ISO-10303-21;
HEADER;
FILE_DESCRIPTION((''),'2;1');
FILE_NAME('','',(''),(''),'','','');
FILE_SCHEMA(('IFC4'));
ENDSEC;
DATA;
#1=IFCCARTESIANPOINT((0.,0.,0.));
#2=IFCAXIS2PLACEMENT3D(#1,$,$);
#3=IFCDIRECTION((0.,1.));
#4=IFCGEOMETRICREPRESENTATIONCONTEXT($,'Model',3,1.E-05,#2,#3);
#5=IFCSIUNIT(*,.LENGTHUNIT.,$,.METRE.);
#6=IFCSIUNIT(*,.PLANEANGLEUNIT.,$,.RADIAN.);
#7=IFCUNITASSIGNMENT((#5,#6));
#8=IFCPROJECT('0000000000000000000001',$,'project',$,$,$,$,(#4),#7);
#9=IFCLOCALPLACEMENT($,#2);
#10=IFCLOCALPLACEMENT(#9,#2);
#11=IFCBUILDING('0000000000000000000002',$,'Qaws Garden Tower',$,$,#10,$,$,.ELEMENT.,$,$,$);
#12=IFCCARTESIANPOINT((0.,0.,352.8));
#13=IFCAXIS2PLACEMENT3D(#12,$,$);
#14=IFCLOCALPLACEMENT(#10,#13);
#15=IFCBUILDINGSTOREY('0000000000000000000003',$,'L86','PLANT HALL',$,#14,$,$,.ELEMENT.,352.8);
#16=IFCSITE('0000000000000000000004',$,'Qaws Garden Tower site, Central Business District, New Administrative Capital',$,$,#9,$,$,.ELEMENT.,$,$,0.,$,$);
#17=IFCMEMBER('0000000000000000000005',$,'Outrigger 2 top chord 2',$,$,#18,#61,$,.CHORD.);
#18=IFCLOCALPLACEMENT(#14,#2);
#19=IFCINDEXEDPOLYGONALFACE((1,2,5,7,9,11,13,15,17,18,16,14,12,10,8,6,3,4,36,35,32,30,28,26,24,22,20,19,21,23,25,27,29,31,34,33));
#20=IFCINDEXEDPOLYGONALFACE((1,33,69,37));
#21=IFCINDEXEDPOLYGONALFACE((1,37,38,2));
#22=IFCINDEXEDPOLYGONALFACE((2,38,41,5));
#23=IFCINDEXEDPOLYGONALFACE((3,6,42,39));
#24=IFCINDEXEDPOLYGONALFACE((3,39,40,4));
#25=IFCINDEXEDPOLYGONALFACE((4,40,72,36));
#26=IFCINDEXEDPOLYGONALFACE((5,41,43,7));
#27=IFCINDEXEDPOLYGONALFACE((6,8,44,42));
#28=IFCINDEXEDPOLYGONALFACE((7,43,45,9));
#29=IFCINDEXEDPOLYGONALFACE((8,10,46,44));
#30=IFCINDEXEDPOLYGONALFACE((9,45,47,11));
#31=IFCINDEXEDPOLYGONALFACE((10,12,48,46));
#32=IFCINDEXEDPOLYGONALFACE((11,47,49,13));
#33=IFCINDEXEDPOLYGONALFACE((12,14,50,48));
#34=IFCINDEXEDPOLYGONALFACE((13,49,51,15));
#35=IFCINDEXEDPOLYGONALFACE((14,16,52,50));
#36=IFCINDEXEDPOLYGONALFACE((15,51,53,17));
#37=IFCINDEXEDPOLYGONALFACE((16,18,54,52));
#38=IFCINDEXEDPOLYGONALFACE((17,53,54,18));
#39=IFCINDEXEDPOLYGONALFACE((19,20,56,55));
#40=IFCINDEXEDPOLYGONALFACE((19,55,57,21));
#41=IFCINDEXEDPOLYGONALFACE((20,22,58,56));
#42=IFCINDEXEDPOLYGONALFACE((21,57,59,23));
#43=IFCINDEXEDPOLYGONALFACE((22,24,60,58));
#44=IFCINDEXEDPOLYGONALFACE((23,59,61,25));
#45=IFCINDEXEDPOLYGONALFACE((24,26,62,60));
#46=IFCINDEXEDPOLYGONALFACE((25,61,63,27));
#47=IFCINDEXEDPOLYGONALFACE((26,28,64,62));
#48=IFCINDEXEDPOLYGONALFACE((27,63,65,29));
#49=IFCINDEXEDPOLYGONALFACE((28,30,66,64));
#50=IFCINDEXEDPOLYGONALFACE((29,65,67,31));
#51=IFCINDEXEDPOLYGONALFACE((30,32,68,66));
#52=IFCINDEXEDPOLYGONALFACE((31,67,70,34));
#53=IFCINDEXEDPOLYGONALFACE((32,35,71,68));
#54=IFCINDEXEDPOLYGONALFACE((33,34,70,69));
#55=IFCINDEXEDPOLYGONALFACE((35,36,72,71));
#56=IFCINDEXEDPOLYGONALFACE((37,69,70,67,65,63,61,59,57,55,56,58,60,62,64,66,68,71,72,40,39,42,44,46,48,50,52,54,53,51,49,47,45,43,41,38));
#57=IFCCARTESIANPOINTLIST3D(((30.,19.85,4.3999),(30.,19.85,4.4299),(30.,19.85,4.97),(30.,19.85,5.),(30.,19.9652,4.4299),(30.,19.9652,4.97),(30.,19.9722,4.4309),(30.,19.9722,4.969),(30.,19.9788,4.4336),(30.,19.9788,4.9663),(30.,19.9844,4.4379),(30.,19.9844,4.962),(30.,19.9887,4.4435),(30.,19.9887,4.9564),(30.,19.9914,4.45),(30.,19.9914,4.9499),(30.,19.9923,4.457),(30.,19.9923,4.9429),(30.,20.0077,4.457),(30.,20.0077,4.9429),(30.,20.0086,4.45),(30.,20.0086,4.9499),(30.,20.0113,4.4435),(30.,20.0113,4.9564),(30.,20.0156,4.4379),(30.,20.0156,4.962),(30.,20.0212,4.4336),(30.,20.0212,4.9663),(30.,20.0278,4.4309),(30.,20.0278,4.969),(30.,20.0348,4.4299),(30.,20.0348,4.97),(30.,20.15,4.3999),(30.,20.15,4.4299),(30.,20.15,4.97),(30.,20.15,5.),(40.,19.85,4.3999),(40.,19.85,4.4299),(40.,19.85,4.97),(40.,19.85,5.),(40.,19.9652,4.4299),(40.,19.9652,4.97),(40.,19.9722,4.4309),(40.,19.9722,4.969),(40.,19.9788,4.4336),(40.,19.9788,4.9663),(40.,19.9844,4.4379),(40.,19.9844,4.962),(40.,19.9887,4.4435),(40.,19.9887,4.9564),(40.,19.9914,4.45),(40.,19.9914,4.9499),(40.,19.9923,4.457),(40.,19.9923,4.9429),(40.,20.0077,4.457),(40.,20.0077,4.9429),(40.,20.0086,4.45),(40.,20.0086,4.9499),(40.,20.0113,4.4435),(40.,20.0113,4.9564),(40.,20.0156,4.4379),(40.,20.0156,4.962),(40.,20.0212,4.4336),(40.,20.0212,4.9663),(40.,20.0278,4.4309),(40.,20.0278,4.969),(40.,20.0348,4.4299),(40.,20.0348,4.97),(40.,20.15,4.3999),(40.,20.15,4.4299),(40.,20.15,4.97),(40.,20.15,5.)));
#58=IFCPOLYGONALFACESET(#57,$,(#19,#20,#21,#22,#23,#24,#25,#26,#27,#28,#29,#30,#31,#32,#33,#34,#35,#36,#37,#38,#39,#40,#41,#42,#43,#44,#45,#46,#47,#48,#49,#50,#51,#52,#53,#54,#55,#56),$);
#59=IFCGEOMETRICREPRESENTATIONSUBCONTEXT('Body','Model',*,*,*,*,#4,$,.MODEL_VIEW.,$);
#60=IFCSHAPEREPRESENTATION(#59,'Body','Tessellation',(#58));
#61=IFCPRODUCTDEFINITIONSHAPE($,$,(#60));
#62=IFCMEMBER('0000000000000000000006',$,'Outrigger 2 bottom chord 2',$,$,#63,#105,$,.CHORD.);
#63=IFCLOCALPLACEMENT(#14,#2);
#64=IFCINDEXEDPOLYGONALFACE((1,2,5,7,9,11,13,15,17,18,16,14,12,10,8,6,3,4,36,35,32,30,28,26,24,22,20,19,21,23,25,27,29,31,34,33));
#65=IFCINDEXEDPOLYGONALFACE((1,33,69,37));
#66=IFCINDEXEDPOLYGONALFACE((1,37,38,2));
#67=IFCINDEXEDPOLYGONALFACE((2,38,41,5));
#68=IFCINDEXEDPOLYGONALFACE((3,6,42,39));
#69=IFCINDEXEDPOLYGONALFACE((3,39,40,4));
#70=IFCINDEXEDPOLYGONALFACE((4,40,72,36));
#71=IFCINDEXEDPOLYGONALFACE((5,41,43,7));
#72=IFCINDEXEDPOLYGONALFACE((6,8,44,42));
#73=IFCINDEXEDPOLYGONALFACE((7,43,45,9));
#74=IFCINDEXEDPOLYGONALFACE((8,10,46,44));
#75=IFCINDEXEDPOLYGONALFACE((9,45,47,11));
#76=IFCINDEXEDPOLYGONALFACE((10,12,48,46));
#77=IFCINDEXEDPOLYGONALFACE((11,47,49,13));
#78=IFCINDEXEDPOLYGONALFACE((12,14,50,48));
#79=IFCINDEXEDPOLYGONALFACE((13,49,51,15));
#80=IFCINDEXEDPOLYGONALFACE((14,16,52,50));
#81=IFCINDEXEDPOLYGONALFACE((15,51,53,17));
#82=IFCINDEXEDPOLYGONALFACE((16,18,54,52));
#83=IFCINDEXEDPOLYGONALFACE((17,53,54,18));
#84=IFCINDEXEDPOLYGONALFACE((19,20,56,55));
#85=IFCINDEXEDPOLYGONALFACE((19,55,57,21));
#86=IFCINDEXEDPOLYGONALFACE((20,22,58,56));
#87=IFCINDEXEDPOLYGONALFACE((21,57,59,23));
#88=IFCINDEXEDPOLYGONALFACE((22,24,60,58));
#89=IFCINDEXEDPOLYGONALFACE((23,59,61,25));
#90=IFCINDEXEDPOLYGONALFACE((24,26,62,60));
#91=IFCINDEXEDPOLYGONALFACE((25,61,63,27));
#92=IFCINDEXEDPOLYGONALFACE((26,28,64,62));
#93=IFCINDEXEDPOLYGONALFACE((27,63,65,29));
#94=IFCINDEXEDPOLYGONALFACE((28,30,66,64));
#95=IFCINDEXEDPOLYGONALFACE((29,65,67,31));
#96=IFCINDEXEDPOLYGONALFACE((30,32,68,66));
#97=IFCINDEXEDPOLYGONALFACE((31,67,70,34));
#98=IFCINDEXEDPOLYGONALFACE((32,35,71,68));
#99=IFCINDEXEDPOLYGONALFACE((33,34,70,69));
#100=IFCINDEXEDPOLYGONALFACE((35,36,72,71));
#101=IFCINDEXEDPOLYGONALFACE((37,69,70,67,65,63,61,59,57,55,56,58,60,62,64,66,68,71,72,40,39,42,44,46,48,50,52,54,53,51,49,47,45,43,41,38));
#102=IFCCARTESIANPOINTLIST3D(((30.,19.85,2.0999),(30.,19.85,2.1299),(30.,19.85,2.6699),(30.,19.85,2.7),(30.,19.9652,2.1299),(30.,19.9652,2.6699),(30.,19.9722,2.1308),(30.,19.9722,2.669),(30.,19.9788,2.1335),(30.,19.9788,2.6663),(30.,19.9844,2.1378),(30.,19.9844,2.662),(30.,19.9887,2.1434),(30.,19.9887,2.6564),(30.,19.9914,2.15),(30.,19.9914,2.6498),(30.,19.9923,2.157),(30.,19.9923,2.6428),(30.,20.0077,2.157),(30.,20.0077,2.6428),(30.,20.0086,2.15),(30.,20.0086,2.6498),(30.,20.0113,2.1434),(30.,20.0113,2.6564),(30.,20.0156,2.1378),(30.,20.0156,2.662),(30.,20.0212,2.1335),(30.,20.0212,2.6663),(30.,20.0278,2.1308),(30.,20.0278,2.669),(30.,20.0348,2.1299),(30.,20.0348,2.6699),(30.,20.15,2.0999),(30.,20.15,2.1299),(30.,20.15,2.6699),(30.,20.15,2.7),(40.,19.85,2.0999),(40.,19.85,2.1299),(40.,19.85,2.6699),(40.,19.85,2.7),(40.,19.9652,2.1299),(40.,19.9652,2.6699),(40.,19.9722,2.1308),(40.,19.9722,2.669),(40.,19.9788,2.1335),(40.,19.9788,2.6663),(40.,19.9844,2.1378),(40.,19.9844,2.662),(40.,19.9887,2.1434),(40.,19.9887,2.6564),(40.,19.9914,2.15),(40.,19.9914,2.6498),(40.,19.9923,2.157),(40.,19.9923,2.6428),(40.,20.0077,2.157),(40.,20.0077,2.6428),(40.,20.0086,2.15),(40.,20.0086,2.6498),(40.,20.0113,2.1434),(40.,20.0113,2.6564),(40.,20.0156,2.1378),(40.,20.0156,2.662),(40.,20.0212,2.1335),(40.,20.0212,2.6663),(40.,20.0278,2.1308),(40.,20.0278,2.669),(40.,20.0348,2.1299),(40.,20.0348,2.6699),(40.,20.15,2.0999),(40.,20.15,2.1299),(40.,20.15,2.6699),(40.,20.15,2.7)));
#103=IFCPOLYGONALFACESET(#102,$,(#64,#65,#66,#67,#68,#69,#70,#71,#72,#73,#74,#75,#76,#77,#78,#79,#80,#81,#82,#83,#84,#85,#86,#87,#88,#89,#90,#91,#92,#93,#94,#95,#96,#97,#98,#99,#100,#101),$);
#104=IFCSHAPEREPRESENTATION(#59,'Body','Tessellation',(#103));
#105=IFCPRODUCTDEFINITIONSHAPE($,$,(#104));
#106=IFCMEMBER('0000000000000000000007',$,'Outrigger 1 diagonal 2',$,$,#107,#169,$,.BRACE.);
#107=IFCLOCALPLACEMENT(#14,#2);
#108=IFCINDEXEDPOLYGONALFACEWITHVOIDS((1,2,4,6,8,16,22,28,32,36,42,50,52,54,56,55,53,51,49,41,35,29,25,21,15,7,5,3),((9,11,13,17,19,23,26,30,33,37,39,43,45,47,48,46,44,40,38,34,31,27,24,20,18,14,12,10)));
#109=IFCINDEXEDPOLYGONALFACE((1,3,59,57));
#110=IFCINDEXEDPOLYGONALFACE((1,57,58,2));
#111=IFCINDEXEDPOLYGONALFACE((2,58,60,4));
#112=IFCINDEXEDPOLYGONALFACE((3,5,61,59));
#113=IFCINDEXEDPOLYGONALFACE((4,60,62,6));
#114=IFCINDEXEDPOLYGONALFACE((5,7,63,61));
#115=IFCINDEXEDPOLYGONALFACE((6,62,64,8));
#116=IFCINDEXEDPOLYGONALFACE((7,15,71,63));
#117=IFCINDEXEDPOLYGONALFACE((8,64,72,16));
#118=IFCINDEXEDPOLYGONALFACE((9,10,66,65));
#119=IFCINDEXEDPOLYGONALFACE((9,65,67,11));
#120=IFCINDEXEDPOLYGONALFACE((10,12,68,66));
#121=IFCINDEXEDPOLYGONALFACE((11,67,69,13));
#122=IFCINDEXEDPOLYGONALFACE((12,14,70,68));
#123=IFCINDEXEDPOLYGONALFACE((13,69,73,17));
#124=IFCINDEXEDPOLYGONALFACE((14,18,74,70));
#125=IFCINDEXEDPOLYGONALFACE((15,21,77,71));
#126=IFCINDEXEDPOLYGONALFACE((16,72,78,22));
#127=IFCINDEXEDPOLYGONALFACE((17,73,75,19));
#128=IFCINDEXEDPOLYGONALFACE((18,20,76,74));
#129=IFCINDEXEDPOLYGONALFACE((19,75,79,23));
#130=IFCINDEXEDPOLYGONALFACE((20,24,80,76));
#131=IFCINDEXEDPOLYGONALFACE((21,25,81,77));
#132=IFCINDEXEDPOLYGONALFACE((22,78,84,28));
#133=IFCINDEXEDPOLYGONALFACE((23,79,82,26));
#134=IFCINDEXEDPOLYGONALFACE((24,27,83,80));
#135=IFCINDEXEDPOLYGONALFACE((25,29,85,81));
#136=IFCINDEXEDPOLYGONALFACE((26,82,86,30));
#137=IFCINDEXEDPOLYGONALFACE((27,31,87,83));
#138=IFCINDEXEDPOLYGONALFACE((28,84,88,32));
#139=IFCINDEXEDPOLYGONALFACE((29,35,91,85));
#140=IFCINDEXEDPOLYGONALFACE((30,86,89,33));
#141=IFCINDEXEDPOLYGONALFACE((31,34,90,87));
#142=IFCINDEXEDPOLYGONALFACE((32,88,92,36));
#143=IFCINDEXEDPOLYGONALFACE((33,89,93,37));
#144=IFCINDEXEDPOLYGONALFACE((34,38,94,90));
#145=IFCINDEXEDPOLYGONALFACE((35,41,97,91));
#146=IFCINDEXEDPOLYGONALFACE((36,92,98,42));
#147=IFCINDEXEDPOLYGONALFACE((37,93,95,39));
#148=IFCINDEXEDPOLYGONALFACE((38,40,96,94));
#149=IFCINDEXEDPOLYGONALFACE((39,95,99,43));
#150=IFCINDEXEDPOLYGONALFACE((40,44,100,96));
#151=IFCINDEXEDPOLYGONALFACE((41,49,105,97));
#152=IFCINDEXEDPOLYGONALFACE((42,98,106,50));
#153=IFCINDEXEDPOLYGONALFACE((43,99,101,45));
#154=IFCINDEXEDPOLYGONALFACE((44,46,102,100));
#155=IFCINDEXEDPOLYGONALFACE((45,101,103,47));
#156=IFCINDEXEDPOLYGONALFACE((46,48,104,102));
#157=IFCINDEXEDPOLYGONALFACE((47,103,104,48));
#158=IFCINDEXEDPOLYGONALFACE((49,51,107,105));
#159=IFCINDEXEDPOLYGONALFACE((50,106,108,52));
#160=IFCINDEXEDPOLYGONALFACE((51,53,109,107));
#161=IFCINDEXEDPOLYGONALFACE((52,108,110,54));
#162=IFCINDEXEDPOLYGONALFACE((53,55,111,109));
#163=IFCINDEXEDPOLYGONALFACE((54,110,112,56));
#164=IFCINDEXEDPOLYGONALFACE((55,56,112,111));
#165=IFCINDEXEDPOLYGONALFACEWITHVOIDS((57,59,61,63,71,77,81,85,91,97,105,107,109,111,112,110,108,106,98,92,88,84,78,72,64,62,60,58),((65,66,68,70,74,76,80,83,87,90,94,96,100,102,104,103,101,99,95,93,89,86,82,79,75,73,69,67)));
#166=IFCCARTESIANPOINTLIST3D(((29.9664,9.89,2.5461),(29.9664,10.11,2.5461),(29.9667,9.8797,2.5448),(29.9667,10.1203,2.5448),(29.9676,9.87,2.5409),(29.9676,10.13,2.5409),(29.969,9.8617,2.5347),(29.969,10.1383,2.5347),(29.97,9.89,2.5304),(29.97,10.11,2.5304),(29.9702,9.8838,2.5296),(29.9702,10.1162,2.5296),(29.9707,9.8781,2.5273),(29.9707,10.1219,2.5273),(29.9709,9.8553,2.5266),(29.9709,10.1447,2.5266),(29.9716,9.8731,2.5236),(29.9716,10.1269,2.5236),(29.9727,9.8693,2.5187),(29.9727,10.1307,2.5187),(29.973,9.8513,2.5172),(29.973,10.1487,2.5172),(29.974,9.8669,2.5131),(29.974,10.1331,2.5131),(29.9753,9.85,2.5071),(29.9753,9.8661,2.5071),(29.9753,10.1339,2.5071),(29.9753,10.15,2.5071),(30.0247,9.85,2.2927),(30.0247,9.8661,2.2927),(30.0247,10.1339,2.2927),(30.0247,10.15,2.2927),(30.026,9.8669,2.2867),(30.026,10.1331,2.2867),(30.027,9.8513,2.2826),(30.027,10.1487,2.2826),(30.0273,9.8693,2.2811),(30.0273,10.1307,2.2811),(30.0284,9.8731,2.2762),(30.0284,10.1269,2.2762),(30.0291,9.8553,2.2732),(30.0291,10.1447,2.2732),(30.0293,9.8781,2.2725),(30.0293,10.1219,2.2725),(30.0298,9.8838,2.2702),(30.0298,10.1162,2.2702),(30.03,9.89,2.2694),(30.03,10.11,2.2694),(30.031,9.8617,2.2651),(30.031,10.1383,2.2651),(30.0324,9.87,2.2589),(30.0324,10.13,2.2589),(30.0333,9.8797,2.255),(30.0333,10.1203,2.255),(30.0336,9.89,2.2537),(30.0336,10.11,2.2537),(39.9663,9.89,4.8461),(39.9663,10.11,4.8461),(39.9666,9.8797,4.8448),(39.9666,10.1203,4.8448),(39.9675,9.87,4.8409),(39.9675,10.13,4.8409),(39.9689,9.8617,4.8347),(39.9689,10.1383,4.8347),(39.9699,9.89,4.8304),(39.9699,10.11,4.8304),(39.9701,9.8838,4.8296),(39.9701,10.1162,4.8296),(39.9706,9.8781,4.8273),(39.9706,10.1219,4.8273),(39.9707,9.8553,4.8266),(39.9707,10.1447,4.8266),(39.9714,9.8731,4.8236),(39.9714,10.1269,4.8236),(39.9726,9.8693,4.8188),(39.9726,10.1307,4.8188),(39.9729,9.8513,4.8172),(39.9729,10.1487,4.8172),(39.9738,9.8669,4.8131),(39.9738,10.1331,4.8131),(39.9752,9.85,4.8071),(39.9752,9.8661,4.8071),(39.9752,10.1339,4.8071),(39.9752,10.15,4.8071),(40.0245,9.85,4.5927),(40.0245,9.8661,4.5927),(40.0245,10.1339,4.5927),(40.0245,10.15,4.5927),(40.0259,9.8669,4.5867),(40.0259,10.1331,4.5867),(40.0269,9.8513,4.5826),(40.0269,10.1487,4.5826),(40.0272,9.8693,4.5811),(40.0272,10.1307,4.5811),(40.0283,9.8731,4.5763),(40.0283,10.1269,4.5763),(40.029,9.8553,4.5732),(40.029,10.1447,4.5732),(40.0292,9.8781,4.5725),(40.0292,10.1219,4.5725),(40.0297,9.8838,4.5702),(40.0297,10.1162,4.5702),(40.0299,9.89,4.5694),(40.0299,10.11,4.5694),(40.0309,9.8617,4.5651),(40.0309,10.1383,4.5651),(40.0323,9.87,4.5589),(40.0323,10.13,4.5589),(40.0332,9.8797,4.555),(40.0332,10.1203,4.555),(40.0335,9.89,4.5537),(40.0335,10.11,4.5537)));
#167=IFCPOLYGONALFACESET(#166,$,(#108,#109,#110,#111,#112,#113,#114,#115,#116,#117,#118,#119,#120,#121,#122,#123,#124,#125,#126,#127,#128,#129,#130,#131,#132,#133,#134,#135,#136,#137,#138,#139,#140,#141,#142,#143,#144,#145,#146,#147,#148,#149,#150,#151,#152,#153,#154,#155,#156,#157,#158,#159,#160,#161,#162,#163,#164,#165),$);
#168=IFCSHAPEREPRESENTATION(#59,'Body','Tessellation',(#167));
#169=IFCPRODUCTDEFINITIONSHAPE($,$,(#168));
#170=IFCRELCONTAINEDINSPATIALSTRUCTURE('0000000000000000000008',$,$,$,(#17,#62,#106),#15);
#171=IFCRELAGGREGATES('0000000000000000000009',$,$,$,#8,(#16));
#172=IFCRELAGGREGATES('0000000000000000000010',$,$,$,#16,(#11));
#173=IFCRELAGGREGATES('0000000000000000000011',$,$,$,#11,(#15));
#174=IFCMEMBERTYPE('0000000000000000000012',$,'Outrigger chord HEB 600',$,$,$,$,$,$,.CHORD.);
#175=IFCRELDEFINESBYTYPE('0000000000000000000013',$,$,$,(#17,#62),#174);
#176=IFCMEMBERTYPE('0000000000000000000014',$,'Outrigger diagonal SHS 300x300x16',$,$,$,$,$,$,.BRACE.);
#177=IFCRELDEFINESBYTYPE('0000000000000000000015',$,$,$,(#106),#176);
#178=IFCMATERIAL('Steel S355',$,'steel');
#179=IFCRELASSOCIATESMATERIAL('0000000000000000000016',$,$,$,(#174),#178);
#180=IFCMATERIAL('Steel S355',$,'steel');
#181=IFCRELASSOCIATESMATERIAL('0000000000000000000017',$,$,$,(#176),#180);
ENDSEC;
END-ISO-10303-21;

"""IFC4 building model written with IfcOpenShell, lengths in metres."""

from ifc_helpers import new_model, si_unit, direction, frame, origin, origin_2d, place, context, subcontext, project, spatial, hollow_rectangle, i_section, extrude, material, material_profile, profile_set, type_object, element, save


model = new_model("IFC4")

# Units and contexts
model_context = context("Model", 3, precision=1e-05, world=origin(), true_north=direction((0.0, 1.0)))
body_context = subcontext(model_context, "Body", "Model", "MODEL_VIEW")
ifc_project = project(units=[si_unit("LENGTHUNIT", "METRE"), si_unit("PLANEANGLEUNIT", "RADIAN")], contexts=[model_context])

# Site, building, storey
site_placement = place(None, origin())
site = spatial("IfcSite", under=ifc_project, at=site_placement, Name="Qaws Garden Tower site, Central Business District, New Administrative Capital", CompositionType="ELEMENT", RefElevation=0.0)
building_placement = place(site_placement, origin())
building = spatial("IfcBuilding", under=site, at=building_placement, Name="Qaws Garden Tower", CompositionType="ELEMENT")
storey_placement = place(building_placement, frame((0.0, 0.0, 352.8)))
storey = spatial("IfcBuildingStorey", under=building, at=storey_placement, Name="L86", Description="PLANT HALL", CompositionType="ELEMENT", Elevation=352.8)

# Members
ifc_material_1 = material(Name="Steel S355", Category="steel")
ifc_material_profile_1 = material_profile(ifc_material_1, i_section(OverallWidth=0.3, OverallDepth=0.6001, WebThickness=0.0154, FlangeThickness=0.03, FilletRadius=0.0271, at=origin_2d()), Name="HEB 600")
ifc_profile_set_1 = profile_set([ifc_material_profile_1], Name="Steel S355")
member_type_1 = type_object("IfcMemberType", Name="Outrigger chord HEB 600", PredefinedType="CHORD", material=ifc_profile_set_1)
for number, where, z_axis, x_axis, name in (
    (1, (30.0, 20.0, 4.7), (1.0, 0.0, 0.0), (0.0, 1.0, 0.0), "Outrigger 2 top chord 2"),
    (2, (30.0, 20.0, 2.3999), (1.0, 0.0, 0.0), (0.0, 1.0, 0.0), "Outrigger 2 bottom chord 2"),
):
    element("IfcMember", number, at=place(storey_placement, frame(where, z_axis=z_axis, x_axis=x_axis)), inside=storey, type_object=member_type_1, Name=name, PredefinedType="CHORD", context=body_context, shape_type="SweptSolid", body=[
        extrude(i_section(OverallWidth=0.3, OverallDepth=0.6001, WebThickness=0.0154, FlangeThickness=0.03, FilletRadius=0.0271, at=origin_2d()), origin(), (0.0, 0.0, 1.0), 10.0),
    ])
ifc_material_2 = material(Name="Steel S355", Category="steel")
ifc_material_profile_2 = material_profile(ifc_material_2, hollow_rectangle(XDim=0.3, YDim=0.3, WallThickness=0.0161, InnerFilletRadius=0.0239, OuterFilletRadius=0.04, at=origin_2d()), Name="SHS 300x300x16")
ifc_profile_set_2 = profile_set([ifc_material_profile_2], Name="Steel S355")
member_type_2 = type_object("IfcMemberType", Name="Outrigger diagonal SHS 300x300x16", PredefinedType="BRACE", material=ifc_profile_set_2)
for number, where, z_axis, x_axis, name in (
    (3, (30.0, 10.0, 2.3999), (0.974554, 0.0, 0.224152), (0.0, 1.0, 0.0), "Outrigger 1 diagonal 2"),
):
    element("IfcMember", number, at=place(storey_placement, frame(where, z_axis=z_axis, x_axis=x_axis)), inside=storey, type_object=member_type_2, Name=name, PredefinedType="BRACE", context=body_context, shape_type="SweptSolid", body=[
        extrude(hollow_rectangle(XDim=0.3, YDim=0.3, WallThickness=0.0161, InnerFilletRadius=0.0239, OuterFilletRadius=0.04, at=origin_2d()), origin(), (0.0, 0.0, 1.0), 10.261),
    ])

save(model, "model.ifc")
